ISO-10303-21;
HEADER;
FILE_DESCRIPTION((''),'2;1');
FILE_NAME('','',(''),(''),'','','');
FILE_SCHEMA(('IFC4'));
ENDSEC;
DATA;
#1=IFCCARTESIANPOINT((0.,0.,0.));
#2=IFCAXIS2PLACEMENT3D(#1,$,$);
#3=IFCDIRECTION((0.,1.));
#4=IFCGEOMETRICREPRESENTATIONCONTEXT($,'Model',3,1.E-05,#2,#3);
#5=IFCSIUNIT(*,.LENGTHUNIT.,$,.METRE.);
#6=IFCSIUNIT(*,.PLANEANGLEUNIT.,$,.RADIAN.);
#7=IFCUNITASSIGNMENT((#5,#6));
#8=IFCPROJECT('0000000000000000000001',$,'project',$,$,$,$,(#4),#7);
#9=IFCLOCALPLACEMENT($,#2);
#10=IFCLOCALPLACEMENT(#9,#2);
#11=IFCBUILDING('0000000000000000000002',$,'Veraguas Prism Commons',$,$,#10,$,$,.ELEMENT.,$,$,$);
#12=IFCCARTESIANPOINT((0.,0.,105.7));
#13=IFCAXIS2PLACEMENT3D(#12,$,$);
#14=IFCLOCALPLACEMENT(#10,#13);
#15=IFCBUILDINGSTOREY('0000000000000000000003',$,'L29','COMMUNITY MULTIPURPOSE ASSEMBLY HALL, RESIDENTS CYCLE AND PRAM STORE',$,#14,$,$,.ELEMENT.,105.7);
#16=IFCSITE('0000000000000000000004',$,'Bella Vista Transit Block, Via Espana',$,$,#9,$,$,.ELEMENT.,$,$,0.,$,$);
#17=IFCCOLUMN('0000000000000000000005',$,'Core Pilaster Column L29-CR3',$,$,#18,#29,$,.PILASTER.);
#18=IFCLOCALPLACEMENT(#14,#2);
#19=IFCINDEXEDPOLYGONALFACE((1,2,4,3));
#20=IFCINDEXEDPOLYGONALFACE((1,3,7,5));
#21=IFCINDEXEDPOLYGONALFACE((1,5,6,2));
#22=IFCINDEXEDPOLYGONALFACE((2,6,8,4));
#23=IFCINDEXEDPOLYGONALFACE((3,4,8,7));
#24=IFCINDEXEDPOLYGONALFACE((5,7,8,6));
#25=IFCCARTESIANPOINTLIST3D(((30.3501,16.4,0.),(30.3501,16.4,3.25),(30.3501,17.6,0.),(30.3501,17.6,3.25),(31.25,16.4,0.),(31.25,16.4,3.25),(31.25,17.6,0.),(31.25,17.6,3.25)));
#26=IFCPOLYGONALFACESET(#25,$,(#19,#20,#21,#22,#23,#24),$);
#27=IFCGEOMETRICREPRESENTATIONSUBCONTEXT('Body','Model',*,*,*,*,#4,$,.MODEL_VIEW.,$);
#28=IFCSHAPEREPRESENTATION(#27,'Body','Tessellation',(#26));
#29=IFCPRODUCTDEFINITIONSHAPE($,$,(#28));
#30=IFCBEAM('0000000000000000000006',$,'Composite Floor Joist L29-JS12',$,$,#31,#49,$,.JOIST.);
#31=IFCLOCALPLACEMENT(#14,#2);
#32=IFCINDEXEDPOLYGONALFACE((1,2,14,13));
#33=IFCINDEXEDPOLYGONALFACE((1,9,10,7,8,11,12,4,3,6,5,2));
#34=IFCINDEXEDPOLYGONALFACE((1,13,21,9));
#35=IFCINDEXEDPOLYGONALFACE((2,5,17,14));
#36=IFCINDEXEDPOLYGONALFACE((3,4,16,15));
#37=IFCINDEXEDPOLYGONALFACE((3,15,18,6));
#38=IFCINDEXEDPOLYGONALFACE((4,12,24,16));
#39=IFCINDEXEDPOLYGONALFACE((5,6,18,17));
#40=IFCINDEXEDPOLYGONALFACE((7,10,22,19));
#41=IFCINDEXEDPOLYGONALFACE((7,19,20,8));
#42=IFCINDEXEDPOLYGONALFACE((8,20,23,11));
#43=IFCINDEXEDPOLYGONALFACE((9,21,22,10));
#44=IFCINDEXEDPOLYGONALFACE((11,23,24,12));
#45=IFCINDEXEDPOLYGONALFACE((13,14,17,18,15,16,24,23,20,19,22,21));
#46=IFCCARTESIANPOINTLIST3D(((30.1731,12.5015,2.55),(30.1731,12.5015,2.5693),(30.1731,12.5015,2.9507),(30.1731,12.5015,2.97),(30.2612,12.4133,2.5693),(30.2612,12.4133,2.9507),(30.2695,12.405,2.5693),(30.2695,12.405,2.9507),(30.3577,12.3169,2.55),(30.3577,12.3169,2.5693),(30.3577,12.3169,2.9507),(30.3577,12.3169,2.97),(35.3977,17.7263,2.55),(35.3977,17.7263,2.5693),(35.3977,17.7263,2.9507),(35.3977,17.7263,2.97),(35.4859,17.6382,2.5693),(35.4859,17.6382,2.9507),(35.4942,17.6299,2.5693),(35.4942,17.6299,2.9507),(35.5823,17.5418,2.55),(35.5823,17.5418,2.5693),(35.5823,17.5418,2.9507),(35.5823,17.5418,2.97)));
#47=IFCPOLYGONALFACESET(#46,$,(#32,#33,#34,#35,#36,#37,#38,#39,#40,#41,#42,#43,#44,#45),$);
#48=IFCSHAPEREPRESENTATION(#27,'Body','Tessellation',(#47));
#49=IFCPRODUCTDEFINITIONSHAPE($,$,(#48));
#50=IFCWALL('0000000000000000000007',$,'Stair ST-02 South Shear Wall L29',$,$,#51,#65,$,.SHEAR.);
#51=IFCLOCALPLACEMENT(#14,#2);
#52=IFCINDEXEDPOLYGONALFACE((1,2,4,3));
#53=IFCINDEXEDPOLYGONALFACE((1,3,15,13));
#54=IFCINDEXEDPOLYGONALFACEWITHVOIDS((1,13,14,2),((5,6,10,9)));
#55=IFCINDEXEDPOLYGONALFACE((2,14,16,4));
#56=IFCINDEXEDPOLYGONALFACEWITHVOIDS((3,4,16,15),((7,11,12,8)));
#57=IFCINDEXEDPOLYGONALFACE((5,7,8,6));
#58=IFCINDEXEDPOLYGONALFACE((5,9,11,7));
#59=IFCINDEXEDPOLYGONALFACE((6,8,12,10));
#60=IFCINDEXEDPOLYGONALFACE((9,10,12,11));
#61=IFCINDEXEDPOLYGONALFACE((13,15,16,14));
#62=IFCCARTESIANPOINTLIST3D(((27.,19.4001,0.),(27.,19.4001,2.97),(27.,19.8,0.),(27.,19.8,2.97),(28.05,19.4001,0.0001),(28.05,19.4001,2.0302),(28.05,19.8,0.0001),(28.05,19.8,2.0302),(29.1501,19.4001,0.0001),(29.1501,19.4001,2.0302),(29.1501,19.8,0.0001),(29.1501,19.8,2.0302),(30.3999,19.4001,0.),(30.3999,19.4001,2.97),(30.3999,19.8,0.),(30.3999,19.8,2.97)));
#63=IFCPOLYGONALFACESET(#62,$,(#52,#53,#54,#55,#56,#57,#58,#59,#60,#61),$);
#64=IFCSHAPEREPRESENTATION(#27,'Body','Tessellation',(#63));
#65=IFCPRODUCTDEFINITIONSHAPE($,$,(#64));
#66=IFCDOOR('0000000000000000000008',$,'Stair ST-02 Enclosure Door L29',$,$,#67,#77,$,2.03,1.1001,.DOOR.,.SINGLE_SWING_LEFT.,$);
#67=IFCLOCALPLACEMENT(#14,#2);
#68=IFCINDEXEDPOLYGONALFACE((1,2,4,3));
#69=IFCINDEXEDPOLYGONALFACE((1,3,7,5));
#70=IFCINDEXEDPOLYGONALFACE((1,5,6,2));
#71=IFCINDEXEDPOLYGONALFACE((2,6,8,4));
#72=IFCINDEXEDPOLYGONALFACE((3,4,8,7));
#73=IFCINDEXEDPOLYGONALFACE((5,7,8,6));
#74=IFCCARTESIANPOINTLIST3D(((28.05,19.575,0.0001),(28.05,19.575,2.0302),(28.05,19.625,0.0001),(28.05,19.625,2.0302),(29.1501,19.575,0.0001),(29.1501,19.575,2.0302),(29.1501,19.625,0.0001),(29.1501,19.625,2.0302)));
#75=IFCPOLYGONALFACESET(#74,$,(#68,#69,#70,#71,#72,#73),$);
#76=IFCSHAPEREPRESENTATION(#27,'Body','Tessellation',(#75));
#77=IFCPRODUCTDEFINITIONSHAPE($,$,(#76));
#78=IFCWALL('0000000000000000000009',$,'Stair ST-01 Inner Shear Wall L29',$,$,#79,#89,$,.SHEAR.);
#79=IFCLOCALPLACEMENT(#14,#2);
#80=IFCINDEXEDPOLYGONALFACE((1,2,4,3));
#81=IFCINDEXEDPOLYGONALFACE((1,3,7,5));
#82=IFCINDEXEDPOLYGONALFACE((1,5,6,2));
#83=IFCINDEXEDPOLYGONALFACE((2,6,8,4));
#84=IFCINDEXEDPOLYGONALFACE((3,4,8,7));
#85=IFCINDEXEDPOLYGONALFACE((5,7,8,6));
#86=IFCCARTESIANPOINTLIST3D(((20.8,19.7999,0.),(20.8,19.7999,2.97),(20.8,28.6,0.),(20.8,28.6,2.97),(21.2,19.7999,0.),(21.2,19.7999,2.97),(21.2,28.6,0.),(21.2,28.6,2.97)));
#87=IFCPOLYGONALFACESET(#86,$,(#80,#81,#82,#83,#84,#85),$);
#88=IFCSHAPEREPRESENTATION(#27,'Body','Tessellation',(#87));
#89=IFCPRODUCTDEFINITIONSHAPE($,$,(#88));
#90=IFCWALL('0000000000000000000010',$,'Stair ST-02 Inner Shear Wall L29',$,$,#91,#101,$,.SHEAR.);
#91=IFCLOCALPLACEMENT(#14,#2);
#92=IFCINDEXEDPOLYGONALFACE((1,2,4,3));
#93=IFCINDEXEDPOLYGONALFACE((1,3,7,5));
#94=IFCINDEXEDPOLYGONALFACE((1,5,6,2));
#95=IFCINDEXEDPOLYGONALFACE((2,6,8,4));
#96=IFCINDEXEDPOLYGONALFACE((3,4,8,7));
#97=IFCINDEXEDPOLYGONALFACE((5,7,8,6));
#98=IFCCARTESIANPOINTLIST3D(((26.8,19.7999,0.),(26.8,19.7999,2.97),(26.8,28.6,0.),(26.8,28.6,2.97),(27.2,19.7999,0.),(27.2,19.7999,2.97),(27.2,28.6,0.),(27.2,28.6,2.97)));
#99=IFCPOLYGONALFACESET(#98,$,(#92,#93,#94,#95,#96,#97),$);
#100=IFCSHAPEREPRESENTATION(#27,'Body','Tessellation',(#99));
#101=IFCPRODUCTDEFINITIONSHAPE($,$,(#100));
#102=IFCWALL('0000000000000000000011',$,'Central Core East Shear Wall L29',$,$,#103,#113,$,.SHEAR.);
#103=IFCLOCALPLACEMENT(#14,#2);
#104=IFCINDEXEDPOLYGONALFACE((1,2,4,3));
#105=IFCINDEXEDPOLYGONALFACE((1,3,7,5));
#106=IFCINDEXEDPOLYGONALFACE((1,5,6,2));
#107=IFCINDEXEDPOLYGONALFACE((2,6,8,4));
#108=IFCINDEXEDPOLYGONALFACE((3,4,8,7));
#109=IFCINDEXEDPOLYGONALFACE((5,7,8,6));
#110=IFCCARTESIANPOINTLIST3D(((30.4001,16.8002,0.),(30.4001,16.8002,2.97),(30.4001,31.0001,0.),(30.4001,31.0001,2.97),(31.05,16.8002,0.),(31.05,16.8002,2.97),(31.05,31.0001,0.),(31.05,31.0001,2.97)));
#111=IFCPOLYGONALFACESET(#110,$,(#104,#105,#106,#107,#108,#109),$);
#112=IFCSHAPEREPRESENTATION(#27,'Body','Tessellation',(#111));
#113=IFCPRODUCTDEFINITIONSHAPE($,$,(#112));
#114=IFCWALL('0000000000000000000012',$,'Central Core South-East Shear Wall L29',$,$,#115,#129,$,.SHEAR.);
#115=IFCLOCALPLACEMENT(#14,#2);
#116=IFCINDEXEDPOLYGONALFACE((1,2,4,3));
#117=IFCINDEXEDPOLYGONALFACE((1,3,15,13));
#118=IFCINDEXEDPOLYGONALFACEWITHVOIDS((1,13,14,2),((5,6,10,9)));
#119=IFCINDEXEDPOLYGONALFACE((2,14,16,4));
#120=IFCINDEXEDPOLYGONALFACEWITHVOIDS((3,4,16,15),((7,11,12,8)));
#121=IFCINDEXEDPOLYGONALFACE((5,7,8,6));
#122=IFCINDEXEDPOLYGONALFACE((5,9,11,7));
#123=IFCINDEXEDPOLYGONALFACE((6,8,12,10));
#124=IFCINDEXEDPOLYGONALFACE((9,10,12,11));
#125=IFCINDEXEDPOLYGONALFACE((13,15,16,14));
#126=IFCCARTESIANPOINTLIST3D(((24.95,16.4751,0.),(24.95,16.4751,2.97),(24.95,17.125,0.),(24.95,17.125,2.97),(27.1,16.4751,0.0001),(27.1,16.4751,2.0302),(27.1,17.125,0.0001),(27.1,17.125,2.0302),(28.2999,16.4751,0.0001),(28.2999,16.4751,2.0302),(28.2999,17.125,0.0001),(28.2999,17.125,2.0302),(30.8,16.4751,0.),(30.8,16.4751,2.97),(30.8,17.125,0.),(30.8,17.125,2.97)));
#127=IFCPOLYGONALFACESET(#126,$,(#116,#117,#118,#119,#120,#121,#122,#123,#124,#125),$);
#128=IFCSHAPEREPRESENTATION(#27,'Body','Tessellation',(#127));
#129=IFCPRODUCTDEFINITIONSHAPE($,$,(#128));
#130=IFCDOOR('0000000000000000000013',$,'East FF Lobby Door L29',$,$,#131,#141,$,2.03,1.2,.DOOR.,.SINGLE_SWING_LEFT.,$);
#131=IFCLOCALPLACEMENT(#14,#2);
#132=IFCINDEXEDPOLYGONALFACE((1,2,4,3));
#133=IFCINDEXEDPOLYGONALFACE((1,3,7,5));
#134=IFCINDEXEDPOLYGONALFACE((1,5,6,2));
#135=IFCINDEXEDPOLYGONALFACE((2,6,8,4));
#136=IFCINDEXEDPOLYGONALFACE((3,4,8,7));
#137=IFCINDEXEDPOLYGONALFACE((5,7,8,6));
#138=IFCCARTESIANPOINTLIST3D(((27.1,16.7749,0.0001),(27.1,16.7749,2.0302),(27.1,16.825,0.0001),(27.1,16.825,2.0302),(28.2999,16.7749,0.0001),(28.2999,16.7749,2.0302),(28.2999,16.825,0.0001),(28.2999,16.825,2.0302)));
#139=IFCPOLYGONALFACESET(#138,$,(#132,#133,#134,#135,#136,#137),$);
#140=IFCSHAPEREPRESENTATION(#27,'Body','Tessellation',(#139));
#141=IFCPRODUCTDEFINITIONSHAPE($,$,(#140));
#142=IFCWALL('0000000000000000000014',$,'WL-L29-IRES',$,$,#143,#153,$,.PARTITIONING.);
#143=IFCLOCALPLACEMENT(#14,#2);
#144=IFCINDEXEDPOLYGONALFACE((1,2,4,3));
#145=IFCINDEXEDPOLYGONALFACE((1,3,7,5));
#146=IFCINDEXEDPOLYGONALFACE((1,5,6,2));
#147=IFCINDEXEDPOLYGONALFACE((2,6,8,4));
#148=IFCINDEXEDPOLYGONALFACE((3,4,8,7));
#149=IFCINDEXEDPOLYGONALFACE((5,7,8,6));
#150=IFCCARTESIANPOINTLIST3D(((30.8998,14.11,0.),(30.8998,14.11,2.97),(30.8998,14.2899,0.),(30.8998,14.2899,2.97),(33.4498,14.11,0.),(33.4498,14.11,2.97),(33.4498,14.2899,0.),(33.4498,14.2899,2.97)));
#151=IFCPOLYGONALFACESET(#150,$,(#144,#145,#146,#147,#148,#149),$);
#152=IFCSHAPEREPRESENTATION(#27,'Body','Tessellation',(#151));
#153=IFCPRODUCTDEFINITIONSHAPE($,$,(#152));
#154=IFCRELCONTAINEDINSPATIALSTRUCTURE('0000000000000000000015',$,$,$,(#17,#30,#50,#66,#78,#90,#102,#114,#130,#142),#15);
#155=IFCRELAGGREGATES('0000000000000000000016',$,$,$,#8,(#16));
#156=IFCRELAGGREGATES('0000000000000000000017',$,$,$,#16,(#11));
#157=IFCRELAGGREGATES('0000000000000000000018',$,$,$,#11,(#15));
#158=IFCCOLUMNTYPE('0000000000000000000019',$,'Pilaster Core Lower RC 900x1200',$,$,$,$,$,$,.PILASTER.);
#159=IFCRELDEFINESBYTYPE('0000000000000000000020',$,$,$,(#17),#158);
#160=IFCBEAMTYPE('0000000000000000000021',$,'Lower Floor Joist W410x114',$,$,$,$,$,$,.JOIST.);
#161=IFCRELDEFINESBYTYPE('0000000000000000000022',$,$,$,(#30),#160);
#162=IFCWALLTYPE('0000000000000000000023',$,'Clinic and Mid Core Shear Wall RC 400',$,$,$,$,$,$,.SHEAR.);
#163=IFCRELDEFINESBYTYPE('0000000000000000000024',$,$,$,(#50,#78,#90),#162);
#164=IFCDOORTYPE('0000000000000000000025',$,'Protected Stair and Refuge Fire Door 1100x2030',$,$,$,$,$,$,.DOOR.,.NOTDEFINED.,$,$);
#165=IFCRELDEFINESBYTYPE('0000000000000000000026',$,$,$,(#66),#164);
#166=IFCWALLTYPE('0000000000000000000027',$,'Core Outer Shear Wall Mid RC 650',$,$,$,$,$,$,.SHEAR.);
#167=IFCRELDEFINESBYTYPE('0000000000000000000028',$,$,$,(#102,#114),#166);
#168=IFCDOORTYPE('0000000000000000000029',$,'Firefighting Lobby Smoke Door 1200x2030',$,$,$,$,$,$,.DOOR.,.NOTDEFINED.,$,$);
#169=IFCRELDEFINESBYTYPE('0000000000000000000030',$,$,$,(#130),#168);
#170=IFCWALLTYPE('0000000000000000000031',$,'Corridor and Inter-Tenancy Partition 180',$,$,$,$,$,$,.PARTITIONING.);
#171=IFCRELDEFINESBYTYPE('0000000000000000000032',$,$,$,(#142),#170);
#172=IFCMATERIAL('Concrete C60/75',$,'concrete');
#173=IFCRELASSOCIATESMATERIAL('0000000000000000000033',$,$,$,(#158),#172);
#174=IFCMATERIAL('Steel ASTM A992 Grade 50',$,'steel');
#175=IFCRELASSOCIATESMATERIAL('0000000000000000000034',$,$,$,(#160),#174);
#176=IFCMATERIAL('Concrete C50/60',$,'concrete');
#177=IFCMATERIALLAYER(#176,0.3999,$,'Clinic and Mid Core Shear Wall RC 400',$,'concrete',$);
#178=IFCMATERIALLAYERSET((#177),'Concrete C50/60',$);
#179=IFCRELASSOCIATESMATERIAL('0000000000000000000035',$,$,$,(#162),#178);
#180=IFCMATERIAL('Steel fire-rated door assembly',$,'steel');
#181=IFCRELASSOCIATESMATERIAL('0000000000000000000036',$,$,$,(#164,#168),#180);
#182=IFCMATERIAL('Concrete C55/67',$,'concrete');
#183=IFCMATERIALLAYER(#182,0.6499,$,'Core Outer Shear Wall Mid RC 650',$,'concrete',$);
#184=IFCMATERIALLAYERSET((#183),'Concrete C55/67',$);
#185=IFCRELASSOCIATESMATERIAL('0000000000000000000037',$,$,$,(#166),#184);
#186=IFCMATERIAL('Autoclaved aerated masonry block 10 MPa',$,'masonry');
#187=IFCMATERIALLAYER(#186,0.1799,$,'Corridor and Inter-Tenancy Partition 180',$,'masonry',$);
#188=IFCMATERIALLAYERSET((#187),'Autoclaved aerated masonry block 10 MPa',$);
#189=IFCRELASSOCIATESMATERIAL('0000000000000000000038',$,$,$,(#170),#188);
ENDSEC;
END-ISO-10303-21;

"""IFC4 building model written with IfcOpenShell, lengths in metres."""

from ifc_helpers import new_model, si_unit, direction, frame, frame_2d, origin, origin_2d, place, context, subcontext, project, spatial, rectangle, i_section, extrude, source, transform, mapped, material, layer, layer_set, material_profile, profile_set, type_object, element, fill, save


model = new_model("IFC4")

# Units and contexts
model_context = context("Model", 3, precision=1e-05, world=origin(), true_north=direction((0.0, 1.0)))
body_context = subcontext(model_context, "Body", "Model", "MODEL_VIEW")
ifc_project = project(units=[si_unit("LENGTHUNIT", "METRE"), si_unit("PLANEANGLEUNIT", "RADIAN")], contexts=[model_context])

# Site, building, storey
site_placement = place(None, origin())
site = spatial("IfcSite", under=ifc_project, at=site_placement, Name="Bella Vista Transit Block, Via Espana", CompositionType="ELEMENT", RefElevation=0.0)
building_placement = place(site_placement, origin())
building = spatial("IfcBuilding", under=site, at=building_placement, Name="Veraguas Prism Commons", CompositionType="ELEMENT")
storey_placement = place(building_placement, frame((0.0, 0.0, 105.7)))
storey = spatial("IfcBuildingStorey", under=building, at=storey_placement, Name="L29", Description="COMMUNITY MULTIPURPOSE ASSEMBLY HALL, RESIDENTS CYCLE AND PRAM STORE", CompositionType="ELEMENT", Elevation=105.7)

# Column
ifc_material_1 = material(Name="Concrete C60/75", Category="concrete")
ifc_material_profile_1 = material_profile(ifc_material_1, rectangle(XDim=0.8999, YDim=1.2, at=origin_2d()), Name="RC900X1200")
ifc_profile_set_1 = profile_set([ifc_material_profile_1], Name="Concrete C60/75")
column_type = type_object("IfcColumnType", Name="Pilaster Core Lower RC 900x1200", PredefinedType="PILASTER", material=ifc_profile_set_1)
column_placement = place(storey_placement, frame((30.8, 17.0, 0.0), z_axis=(0.0, 0.0, 1.0), x_axis=(1.0, 0.0, 0.0)))
element("IfcColumn", 1, at=column_placement, inside=storey, type_object=column_type, Name="Core Pilaster Column L29-CR3", PredefinedType="PILASTER", context=body_context, shape_type="SweptSolid", body=[
    extrude(rectangle(XDim=0.8999, YDim=1.2, at=origin_2d()), origin(), (0.0, 0.0, 1.0), 3.25),
])

# Beam
ifc_material_2 = material(Name="Steel ASTM A992 Grade 50", Category="steel")
ifc_material_profile_2 = material_profile(ifc_material_2, i_section(OverallWidth=0.261, OverallDepth=0.4199, WebThickness=0.0117, FlangeThickness=0.0193, at=origin_2d()), Name="W410X114")
ifc_profile_set_2 = profile_set([ifc_material_profile_2], Name="Steel ASTM A992 Grade 50")
beam_type = type_object("IfcBeamType", Name="Lower Floor Joist W410x114", PredefinedType="JOIST", material=ifc_profile_set_2)
beam_placement = place(storey_placement, frame((30.2654, 12.4092, 2.76), z_axis=(0.70709, 0.707123, 0.0), x_axis=(-0.707123, 0.70709, 0.0)))
element("IfcBeam", 2, at=beam_placement, inside=storey, type_object=beam_type, Name="Composite Floor Joist L29-JS12", PredefinedType="JOIST", context=body_context, shape_type="SweptSolid", body=[
    extrude(i_section(OverallWidth=0.261, OverallDepth=0.4199, WebThickness=0.0117, FlangeThickness=0.0193, at=origin_2d()), origin(), (0.0, 0.0, 1.0), 7.3889),
])

# Wall, opening, door
ifc_material_3 = material(Name="Concrete C50/60", Category="concrete")
ifc_layer_1 = layer(ifc_material_3, 0.3999, Name="Clinic and Mid Core Shear Wall RC 400", Category="concrete")
ifc_layer_set_1 = layer_set([ifc_layer_1], Name="Concrete C50/60")
wall_type_1 = type_object("IfcWallType", Name="Clinic and Mid Core Shear Wall RC 400", PredefinedType="SHEAR", material=ifc_layer_set_1)
wall_1_placement = place(storey_placement, frame((27.0, 19.6001, 0.0), z_axis=(0.0, 0.0, 1.0), x_axis=(1.0, 0.0, 0.0)))
wall_1 = element("IfcWall", 3, at=wall_1_placement, inside=storey, type_object=wall_type_1, Name="Stair ST-02 South Shear Wall L29", PredefinedType="SHEAR", context=body_context, shape_type="SweptSolid", body=[
    extrude(rectangle(XDim=3.3999, YDim=0.3999, at=frame_2d((1.7, 0.0))), origin(), (0.0, 0.0, 1.0), 2.97),
])
opening_1_placement = place(wall_1_placement, frame((1.05, 0.0, 0.0)))
opening_1 = element("IfcOpeningElement", 4, at=opening_1_placement, cuts=wall_1, PredefinedType="OPENING", context=body_context, shape_type="SweptSolid", body=[
    extrude(rectangle(XDim=1.1001, YDim=2.03, at=frame_2d((0.55, 1.0151))), frame((0.0, 0.21, 0.0), z_axis=(0.0, -1.0, 0.0), x_axis=(1.0, 0.0, 0.0)), (0.0, 0.0, 1.0), 0.4199),
])
ifc_material_4 = material(Name="Steel fire-rated door assembly", Category="steel")
door_type_1 = type_object("IfcDoorType", Name="Protected Stair and Refuge Fire Door 1100x2030", OperationType="NOTDEFINED", PredefinedType="DOOR", material=ifc_material_4)
shared_shape_1 = source(origin(), body_context, "Body", "SweptSolid", [
    extrude(rectangle(XDim=1.1001, YDim=2.03, at=frame_2d((0.55, 1.0151))), frame((0.0, 0.0249, 0.0), z_axis=(0.0, -1.0, 0.0), x_axis=(1.0, 0.0, 0.0)), (0.0, 0.0, 1.0), 0.05),
])
door_1_placement = place(opening_1_placement, origin())
door_1 = element("IfcDoor", 5, at=door_1_placement, inside=storey, type_object=door_type_1, Name="Stair ST-02 Enclosure Door L29", OperationType="SINGLE_SWING_LEFT", OverallHeight=2.03, OverallWidth=1.1001, PredefinedType="DOOR", context=body_context, shape_type="MappedRepresentation", body=[
    mapped(shared_shape_1, transform((0.0, 0.0, 0.0), scale=1.0)),
])
fill(opening_1, door_1)

# Walls
for number, where, z_axis, x_axis, name in (
    (6, (21.0, 19.8, 0.0), (0.0, 0.0, 1.0), (0.0, 1.0, 0.0), "Stair ST-01 Inner Shear Wall L29"),
    (7, (27.0, 19.8, 0.0), (0.0, 0.0, 1.0), (0.0, 1.0, 0.0), "Stair ST-02 Inner Shear Wall L29"),
):
    element("IfcWall", number, at=place(storey_placement, frame(where, z_axis=z_axis, x_axis=x_axis)), inside=storey, type_object=wall_type_1, Name=name, PredefinedType="SHEAR", context=body_context, shape_type="SweptSolid", body=[
        extrude(rectangle(XDim=8.8, YDim=0.3999, at=frame_2d((4.3999, 0.0))), origin(), (0.0, 0.0, 1.0), 2.97),
    ])
ifc_material_5 = material(Name="Concrete C55/67", Category="concrete")
ifc_layer_2 = layer(ifc_material_5, 0.6499, Name="Core Outer Shear Wall Mid RC 650", Category="concrete")
ifc_layer_set_2 = layer_set([ifc_layer_2], Name="Concrete C55/67")
wall_type_2 = type_object("IfcWallType", Name="Core Outer Shear Wall Mid RC 650", PredefinedType="SHEAR", material=ifc_layer_set_2)
wall_2_placement = place(storey_placement, frame((30.7251, 16.8, 0.0), z_axis=(0.0, 0.0, 1.0), x_axis=(0.0, 1.0, 0.0)))
element("IfcWall", 8, at=wall_2_placement, inside=storey, type_object=wall_type_2, Name="Central Core East Shear Wall L29", PredefinedType="SHEAR", context=body_context, shape_type="SweptSolid", body=[
    extrude(rectangle(XDim=14.2, YDim=0.6499, at=frame_2d((7.1001, 0.0))), origin(), (0.0, 0.0, 1.0), 2.97),
])

# Wall, opening, door
wall_3_placement = place(storey_placement, frame((24.95, 16.8, 0.0), z_axis=(0.0, 0.0, 1.0), x_axis=(1.0, 0.0, 0.0)))
wall_3 = element("IfcWall", 9, at=wall_3_placement, inside=storey, type_object=wall_type_2, Name="Central Core South-East Shear Wall L29", PredefinedType="SHEAR", context=body_context, shape_type="SweptSolid", body=[
    extrude(rectangle(XDim=5.8501, YDim=0.6499, at=frame_2d((2.925, 0.0))), origin(), (0.0, 0.0, 1.0), 2.97),
])
opening_2_placement = place(wall_3_placement, frame((2.1499, 0.0, 0.0)))
opening_2 = element("IfcOpeningElement", 10, at=opening_2_placement, cuts=wall_3, PredefinedType="OPENING", context=body_context, shape_type="SweptSolid", body=[
    extrude(rectangle(XDim=1.2, YDim=2.03, at=frame_2d((0.6001, 1.0151))), frame((0.0, 0.335, 0.0), z_axis=(0.0, -1.0, 0.0), x_axis=(1.0, 0.0, 0.0)), (0.0, 0.0, 1.0), 0.6699),
])
door_type_2 = type_object("IfcDoorType", Name="Firefighting Lobby Smoke Door 1200x2030", OperationType="NOTDEFINED", PredefinedType="DOOR", material=ifc_material_4)
shared_shape_2 = source(origin(), body_context, "Body", "SweptSolid", [
    extrude(rectangle(XDim=1.2, YDim=2.03, at=frame_2d((0.6001, 1.0151))), frame((0.0, 0.0249, 0.0), z_axis=(0.0, -1.0, 0.0), x_axis=(1.0, 0.0, 0.0)), (0.0, 0.0, 1.0), 0.05),
])
door_2_placement = place(opening_2_placement, origin())
door_2 = element("IfcDoor", 11, at=door_2_placement, inside=storey, type_object=door_type_2, Name="East FF Lobby Door L29", OperationType="SINGLE_SWING_LEFT", OverallHeight=2.03, OverallWidth=1.2, PredefinedType="DOOR", context=body_context, shape_type="MappedRepresentation", body=[
    mapped(shared_shape_2, transform((0.0, 0.0, 0.0), scale=1.0)),
])
fill(opening_2, door_2)

# Wall
ifc_material_6 = material(Name="Autoclaved aerated masonry block 10 MPa", Category="masonry")
ifc_layer_3 = layer(ifc_material_6, 0.1799, Name="Corridor and Inter-Tenancy Partition 180", Category="masonry")
ifc_layer_set_3 = layer_set([ifc_layer_3], Name="Autoclaved aerated masonry block 10 MPa")
wall_type_3 = type_object("IfcWallType", Name="Corridor and Inter-Tenancy Partition 180", PredefinedType="PARTITIONING", material=ifc_layer_set_3)
wall_4_placement = place(storey_placement, frame((30.8999, 14.2, 0.0), z_axis=(0.0, 0.0, 1.0), x_axis=(1.0, 0.0, 0.0)))
element("IfcWall", 12, at=wall_4_placement, inside=storey, type_object=wall_type_3, Name="WL-L29-IRES", PredefinedType="PARTITIONING", context=body_context, shape_type="SweptSolid", body=[
    extrude(rectangle(XDim=2.55, YDim=0.1799, at=frame_2d((1.2749, 0.0))), origin(), (0.0, 0.0, 1.0), 2.97),
])

save(model, "model.ifc")
